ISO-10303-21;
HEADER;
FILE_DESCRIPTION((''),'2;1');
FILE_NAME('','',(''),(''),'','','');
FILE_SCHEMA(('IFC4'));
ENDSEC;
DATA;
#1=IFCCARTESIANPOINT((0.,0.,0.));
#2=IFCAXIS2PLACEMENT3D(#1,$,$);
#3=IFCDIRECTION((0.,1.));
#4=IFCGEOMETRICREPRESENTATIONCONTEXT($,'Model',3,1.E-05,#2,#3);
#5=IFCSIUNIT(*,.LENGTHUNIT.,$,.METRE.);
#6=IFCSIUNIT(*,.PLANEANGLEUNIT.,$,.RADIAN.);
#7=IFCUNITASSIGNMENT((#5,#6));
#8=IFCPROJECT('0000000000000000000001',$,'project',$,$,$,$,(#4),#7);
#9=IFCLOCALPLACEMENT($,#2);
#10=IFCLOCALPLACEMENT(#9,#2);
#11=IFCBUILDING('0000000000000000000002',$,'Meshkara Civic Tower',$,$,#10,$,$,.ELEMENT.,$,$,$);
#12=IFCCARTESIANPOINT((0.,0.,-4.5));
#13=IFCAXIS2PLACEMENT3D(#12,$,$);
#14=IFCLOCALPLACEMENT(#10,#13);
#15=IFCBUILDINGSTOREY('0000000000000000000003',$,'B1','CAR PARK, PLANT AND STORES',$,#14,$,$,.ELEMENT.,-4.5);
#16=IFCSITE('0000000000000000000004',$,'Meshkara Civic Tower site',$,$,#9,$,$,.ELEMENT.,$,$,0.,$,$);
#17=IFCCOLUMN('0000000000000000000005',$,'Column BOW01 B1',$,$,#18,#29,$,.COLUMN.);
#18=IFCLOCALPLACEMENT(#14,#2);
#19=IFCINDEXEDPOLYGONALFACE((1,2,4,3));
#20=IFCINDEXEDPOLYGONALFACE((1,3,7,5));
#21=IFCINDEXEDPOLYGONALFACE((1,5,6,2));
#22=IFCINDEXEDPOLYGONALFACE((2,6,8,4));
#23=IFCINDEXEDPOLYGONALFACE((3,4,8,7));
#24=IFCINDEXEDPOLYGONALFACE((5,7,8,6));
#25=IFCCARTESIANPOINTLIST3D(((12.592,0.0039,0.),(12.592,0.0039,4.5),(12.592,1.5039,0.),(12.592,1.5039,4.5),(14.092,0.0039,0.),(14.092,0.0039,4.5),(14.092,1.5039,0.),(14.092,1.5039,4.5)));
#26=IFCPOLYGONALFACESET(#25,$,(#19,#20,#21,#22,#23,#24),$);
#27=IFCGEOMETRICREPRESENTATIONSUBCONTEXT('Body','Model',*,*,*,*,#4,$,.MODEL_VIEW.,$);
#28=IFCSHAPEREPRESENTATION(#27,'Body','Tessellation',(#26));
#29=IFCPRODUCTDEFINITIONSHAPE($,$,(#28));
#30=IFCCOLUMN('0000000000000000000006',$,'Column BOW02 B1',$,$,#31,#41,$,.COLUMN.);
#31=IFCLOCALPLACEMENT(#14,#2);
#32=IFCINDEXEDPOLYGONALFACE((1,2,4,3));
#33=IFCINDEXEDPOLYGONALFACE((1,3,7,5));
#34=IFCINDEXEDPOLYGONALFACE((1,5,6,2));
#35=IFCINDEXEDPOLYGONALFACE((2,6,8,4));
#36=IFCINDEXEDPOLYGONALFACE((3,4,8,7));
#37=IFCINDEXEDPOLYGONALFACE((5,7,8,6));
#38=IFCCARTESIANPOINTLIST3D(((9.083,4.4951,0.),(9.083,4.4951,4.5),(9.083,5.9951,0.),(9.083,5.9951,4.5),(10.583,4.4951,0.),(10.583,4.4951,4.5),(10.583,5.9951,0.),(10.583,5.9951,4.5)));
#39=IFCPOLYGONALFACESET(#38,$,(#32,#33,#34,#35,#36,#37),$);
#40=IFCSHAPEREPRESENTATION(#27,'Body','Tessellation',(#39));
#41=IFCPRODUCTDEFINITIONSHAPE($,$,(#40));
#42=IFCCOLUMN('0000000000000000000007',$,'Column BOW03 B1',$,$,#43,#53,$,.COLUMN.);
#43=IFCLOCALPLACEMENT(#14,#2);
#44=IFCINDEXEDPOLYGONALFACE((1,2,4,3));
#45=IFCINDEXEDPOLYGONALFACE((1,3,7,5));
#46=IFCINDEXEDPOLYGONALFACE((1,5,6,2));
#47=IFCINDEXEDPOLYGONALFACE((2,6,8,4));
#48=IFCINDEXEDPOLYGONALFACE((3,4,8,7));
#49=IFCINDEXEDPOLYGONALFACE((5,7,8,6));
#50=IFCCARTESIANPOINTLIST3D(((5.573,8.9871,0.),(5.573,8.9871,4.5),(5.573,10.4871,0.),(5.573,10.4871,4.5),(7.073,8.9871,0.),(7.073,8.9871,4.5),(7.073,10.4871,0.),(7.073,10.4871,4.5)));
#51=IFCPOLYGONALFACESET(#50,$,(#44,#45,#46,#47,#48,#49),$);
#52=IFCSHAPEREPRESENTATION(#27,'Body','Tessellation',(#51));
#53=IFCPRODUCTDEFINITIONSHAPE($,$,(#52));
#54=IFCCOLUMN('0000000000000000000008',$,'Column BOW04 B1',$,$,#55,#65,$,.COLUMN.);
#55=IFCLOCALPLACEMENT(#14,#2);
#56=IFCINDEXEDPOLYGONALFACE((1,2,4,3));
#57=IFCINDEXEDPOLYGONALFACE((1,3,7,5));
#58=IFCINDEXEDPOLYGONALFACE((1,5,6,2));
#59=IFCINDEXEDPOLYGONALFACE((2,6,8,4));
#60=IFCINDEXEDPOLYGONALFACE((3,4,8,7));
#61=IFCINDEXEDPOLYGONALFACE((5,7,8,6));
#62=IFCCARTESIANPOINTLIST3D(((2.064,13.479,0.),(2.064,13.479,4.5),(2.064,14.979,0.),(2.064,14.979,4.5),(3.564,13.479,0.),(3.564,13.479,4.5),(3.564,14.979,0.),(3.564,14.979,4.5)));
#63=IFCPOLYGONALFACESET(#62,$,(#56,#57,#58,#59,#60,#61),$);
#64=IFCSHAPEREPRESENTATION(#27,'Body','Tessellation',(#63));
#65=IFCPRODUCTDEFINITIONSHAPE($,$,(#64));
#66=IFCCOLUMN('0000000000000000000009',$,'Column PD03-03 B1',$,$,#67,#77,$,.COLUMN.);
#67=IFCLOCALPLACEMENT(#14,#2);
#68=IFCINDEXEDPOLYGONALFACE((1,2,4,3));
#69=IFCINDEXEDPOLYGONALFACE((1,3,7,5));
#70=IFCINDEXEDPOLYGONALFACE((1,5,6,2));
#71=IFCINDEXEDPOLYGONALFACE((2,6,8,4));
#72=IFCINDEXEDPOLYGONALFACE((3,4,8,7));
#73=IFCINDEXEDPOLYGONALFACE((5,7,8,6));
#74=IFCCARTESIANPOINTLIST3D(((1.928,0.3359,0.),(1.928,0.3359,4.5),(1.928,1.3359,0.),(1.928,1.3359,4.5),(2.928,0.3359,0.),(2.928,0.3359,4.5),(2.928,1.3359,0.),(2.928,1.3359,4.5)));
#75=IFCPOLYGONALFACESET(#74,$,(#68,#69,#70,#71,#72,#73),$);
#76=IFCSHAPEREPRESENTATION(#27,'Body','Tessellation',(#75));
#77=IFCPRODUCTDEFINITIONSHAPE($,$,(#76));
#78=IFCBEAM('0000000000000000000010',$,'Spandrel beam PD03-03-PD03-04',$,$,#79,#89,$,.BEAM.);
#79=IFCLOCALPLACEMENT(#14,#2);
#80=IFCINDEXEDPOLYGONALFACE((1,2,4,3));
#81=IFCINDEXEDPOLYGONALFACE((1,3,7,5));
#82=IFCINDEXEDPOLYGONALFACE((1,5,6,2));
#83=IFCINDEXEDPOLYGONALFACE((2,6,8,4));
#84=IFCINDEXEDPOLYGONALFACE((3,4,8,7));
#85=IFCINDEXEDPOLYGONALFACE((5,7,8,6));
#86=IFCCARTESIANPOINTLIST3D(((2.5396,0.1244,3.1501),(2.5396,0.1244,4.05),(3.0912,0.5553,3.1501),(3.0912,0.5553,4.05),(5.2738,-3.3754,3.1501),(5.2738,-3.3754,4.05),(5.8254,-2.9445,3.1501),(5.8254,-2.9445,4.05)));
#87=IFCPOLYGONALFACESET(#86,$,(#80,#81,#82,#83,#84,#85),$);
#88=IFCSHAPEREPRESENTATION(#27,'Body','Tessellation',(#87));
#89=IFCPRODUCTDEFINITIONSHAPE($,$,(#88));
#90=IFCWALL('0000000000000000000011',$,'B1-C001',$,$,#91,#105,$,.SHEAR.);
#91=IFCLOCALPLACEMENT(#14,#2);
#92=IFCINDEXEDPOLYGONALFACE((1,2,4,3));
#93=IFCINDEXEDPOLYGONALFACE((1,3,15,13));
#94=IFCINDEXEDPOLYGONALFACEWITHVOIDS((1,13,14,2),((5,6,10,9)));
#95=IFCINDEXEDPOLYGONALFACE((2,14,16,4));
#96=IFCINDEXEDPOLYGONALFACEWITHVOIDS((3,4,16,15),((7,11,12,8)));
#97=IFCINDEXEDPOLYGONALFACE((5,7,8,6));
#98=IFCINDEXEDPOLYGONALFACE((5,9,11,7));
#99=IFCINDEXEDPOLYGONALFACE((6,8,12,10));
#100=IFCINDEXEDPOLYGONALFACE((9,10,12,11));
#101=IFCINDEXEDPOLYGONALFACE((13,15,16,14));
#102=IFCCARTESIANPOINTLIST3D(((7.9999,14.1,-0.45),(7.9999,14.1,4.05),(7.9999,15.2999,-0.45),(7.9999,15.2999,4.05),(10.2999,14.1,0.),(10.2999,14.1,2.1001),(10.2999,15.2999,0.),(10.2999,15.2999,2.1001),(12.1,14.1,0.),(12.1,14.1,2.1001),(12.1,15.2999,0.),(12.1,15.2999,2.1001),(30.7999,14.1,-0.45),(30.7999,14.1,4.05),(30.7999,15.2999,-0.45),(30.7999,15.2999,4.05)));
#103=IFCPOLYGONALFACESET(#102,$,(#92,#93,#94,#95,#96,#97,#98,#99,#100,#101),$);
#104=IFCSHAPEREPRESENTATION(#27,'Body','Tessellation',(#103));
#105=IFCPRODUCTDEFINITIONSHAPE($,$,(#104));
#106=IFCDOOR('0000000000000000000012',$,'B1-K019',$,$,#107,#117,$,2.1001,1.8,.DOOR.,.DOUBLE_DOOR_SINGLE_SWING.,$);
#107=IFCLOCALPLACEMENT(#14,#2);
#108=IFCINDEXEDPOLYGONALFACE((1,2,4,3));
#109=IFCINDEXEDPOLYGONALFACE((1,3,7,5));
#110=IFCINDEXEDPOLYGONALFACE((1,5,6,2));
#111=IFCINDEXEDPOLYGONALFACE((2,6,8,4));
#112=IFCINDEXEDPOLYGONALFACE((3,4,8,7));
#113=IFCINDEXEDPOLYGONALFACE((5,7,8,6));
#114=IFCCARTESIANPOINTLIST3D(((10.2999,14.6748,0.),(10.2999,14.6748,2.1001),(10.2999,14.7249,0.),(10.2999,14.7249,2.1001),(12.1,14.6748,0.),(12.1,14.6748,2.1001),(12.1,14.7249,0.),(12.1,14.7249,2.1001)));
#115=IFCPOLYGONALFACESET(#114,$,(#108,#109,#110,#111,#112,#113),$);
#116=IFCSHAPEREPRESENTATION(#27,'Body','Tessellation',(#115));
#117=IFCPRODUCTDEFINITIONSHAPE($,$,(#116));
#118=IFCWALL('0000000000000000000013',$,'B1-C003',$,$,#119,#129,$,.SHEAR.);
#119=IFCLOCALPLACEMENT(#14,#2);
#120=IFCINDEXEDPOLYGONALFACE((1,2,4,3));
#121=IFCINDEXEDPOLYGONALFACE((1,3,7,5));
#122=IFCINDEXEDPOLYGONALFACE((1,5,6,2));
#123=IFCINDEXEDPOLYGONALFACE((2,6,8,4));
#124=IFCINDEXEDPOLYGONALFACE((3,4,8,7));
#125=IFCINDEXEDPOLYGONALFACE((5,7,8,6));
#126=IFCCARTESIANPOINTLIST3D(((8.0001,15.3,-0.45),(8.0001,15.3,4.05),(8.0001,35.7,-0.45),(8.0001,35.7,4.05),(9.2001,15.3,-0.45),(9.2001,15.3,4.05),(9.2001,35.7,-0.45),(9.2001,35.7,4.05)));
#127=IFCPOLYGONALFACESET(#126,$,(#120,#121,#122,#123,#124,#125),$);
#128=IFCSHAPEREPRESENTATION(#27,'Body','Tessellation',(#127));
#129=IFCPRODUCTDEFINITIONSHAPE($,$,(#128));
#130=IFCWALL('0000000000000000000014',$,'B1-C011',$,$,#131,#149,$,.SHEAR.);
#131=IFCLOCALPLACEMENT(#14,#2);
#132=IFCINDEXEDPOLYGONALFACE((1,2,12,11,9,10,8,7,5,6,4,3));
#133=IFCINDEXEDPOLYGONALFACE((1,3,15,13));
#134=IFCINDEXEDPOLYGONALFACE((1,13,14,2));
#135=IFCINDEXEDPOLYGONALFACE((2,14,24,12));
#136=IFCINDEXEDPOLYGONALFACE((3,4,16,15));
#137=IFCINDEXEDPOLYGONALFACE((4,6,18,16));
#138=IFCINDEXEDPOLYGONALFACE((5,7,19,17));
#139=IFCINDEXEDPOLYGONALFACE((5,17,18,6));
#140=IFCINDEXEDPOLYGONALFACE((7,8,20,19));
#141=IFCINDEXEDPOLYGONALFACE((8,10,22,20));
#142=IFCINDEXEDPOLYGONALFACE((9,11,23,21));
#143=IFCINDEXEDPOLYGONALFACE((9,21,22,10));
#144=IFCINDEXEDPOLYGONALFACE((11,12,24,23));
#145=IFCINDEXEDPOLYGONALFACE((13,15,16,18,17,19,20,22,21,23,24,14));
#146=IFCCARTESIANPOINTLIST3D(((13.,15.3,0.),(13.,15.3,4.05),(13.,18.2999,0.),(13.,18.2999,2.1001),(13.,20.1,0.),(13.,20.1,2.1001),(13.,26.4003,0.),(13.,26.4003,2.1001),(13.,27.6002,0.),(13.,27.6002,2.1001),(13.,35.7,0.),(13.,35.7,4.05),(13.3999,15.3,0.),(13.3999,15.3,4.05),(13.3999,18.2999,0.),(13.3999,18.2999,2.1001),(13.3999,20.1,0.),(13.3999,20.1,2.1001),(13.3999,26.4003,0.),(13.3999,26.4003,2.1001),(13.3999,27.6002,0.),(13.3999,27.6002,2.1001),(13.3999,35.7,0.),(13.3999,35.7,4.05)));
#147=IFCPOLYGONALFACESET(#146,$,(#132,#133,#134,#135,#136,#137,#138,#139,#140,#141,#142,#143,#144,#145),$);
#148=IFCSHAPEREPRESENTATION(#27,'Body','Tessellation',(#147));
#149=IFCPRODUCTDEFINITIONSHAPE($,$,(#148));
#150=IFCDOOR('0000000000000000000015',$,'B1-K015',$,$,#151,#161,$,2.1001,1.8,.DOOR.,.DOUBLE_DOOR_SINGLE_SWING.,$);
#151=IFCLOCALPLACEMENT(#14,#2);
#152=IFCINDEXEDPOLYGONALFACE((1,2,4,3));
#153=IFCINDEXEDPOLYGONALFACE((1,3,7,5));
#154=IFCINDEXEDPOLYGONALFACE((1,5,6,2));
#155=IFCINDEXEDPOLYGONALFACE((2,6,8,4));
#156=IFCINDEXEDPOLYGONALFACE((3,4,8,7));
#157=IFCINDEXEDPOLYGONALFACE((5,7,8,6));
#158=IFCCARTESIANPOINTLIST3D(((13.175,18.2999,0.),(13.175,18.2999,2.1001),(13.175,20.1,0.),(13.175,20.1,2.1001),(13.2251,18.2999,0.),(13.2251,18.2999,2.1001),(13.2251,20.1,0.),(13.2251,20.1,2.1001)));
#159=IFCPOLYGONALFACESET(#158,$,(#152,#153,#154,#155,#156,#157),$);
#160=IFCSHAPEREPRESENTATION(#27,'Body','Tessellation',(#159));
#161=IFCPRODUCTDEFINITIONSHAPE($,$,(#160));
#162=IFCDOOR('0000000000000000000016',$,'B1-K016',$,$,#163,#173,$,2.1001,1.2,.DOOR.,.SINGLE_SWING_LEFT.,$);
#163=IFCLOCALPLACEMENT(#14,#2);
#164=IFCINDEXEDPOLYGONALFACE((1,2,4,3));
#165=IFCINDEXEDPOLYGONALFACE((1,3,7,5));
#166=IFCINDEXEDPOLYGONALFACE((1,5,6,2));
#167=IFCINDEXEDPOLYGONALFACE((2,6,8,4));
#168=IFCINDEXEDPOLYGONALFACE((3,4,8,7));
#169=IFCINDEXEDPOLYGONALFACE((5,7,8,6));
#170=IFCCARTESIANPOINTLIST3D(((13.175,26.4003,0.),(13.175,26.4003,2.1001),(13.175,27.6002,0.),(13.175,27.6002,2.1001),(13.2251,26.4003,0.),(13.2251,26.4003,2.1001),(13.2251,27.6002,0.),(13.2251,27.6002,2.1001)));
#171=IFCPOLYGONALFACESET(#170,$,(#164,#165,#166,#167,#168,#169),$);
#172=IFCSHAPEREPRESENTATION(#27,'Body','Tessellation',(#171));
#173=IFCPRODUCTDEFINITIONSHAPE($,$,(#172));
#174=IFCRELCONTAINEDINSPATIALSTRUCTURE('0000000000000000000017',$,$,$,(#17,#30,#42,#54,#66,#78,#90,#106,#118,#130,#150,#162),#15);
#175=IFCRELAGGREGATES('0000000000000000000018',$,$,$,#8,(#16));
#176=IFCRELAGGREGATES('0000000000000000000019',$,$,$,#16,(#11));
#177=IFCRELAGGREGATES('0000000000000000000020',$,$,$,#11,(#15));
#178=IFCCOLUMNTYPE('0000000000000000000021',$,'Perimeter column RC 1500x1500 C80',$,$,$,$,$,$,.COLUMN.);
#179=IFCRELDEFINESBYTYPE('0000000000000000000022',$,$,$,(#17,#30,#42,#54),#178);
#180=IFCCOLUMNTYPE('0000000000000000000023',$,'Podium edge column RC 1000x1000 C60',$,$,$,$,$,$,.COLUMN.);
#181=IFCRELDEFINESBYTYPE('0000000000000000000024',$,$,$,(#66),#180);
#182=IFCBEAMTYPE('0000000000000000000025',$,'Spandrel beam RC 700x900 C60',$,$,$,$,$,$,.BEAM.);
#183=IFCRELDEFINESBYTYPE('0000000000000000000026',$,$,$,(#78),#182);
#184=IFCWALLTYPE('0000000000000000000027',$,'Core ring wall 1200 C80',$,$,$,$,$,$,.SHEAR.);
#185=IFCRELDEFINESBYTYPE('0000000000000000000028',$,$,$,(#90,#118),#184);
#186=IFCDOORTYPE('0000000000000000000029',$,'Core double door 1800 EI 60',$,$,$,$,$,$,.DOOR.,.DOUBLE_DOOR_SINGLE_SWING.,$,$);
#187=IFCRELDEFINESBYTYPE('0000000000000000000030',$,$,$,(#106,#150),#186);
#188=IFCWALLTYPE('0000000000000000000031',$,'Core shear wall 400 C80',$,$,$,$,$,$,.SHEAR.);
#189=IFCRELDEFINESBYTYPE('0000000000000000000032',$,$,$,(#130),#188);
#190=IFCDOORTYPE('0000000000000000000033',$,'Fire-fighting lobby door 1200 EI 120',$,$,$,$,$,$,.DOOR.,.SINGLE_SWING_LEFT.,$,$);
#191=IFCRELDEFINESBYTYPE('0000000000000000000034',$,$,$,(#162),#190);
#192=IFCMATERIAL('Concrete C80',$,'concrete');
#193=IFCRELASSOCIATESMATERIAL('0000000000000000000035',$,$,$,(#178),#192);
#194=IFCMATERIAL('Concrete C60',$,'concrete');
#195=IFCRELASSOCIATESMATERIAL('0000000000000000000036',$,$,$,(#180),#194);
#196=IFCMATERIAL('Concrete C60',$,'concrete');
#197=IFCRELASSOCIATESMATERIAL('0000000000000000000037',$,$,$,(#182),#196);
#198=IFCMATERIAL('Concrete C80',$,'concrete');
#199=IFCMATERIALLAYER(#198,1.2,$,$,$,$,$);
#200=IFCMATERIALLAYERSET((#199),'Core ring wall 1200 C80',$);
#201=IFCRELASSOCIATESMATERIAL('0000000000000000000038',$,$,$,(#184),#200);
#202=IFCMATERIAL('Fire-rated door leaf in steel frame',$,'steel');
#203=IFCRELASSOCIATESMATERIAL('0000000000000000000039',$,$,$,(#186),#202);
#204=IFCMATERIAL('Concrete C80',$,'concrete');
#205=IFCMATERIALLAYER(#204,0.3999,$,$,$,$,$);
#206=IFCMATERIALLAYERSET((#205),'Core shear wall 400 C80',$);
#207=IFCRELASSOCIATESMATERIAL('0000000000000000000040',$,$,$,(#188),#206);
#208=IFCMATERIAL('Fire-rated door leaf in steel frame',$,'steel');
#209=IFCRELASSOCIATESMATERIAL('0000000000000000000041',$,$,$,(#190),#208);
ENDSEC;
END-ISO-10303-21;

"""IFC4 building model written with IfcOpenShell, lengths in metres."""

from ifc_helpers import new_model, si_unit, direction, frame, frame_2d, origin, origin_2d, place, context, subcontext, project, spatial, rectangle, extrude, material, layer, layer_set, material_profile, profile_set, type_object, element, fill, save


model = new_model("IFC4")

# Units and contexts
model_context = context("Model", 3, precision=1e-05, world=origin(), true_north=direction((0.0, 1.0)))
body_context = subcontext(model_context, "Body", "Model", "MODEL_VIEW")
ifc_project = project(units=[si_unit("LENGTHUNIT", "METRE"), si_unit("PLANEANGLEUNIT", "RADIAN")], contexts=[model_context])

# Site, building, storey
site_placement = place(None, origin())
site = spatial("IfcSite", under=ifc_project, at=site_placement, Name="Meshkara Civic Tower site", CompositionType="ELEMENT", RefElevation=0.0)
building_placement = place(site_placement, origin())
building = spatial("IfcBuilding", under=site, at=building_placement, Name="Meshkara Civic Tower", CompositionType="ELEMENT")
storey_placement = place(building_placement, frame((0.0, 0.0, -4.5)))
storey = spatial("IfcBuildingStorey", under=building, at=storey_placement, Name="B1", Description="CAR PARK, PLANT AND STORES", CompositionType="ELEMENT", Elevation=-4.5)

# Columns
ifc_material_1 = material(Name="Concrete C80", Category="concrete")
ifc_material_profile_1 = material_profile(ifc_material_1, rectangle(XDim=1.5, YDim=1.5, at=origin_2d()))
ifc_profile_set_1 = profile_set([ifc_material_profile_1], Name="Concrete C80")
column_type_1 = type_object("IfcColumnType", Name="Perimeter column RC 1500x1500 C80", PredefinedType="COLUMN", material=ifc_profile_set_1)
for number, where, z_axis, x_axis, name in (
    (1, (13.342, 0.7539, 0.0), (0.0, 0.0, 1.0), (1.0, 0.0, 0.0), "Column BOW01 B1"),
    (2, (9.833, 5.2451, 0.0), (0.0, 0.0, 1.0), (1.0, 0.0, 0.0), "Column BOW02 B1"),
    (3, (6.323, 9.7371, 0.0), (0.0, 0.0, 1.0), (1.0, 0.0, 0.0), "Column BOW03 B1"),
    (4, (2.814, 14.229, 0.0), (0.0, 0.0, 1.0), (1.0, 0.0, 0.0), "Column BOW04 B1"),
):
    element("IfcColumn", number, at=place(storey_placement, frame(where, z_axis=z_axis, x_axis=x_axis)), inside=storey, type_object=column_type_1, Name=name, PredefinedType="COLUMN", context=body_context, shape_type="SweptSolid", body=[
        extrude(rectangle(XDim=1.5, YDim=1.5, at=origin_2d()), origin(), (0.0, 0.0, 1.0), 4.5),
    ])
ifc_material_2 = material(Name="Concrete C60", Category="concrete")
ifc_material_profile_2 = material_profile(ifc_material_2, rectangle(XDim=1.0, YDim=1.0, at=origin_2d()))
ifc_profile_set_2 = profile_set([ifc_material_profile_2], Name="Concrete C60")
column_type_2 = type_object("IfcColumnType", Name="Podium edge column RC 1000x1000 C60", PredefinedType="COLUMN", material=ifc_profile_set_2)
column_placement = place(storey_placement, frame((2.428, 0.8359, 0.0), z_axis=(0.0, 0.0, 1.0), x_axis=(1.0, 0.0, 0.0)))
element("IfcColumn", 5, at=column_placement, inside=storey, type_object=column_type_2, Name="Column PD03-03 B1", PredefinedType="COLUMN", context=body_context, shape_type="SweptSolid", body=[
    extrude(rectangle(XDim=1.0, YDim=1.0, at=origin_2d()), origin(), (0.0, 0.0, 1.0), 4.5),
])

# Beam
ifc_material_3 = material(Name="Concrete C60", Category="concrete")
ifc_material_profile_3 = material_profile(ifc_material_3, rectangle(XDim=0.7, YDim=0.8999, at=origin_2d()))
ifc_profile_set_3 = profile_set([ifc_material_profile_3], Name="Concrete C60")
beam_type = type_object("IfcBeamType", Name="Spandrel beam RC 700x900 C60", PredefinedType="BEAM", material=ifc_profile_set_3)
beam_placement = place(storey_placement, frame((2.8154, 0.3398, 3.6001), z_axis=(0.615637, -0.78803, 0.0), x_axis=(0.78803, 0.615637, 0.0)))
element("IfcBeam", 6, at=beam_placement, inside=storey, type_object=beam_type, Name="Spandrel beam PD03-03-PD03-04", PredefinedType="BEAM", context=body_context, shape_type="SweptSolid", body=[
    extrude(rectangle(XDim=0.7, YDim=0.8999, at=origin_2d()), origin(), (0.0, 0.0, 1.0), 4.4412),
])

# Wall, opening, door
ifc_material_4 = material(Name="Concrete C80", Category="concrete")
ifc_layer_1 = layer(ifc_material_4, 1.2)
ifc_layer_set_1 = layer_set([ifc_layer_1], Name="Core ring wall 1200 C80")
wall_type_1 = type_object("IfcWallType", Name="Core ring wall 1200 C80", PredefinedType="SHEAR", material=ifc_layer_set_1)
wall_1_placement = place(storey_placement, frame((8.0, 14.7, -0.45), z_axis=(0.0, 0.0, 1.0), x_axis=(1.0, 0.0, 0.0)))
wall_1 = element("IfcWall", 7, at=wall_1_placement, inside=storey, type_object=wall_type_1, Name="B1-C001", PredefinedType="SHEAR", context=body_context, shape_type="SweptSolid", body=[
    extrude(rectangle(XDim=22.8, YDim=1.2, at=frame_2d((11.3999, 0.0))), origin(), (0.0, 0.0, 1.0), 4.5),
])
opening_1_placement = place(wall_1_placement, frame((2.3, 0.0, 0.45)))
opening_1 = element("IfcOpeningElement", 8, at=opening_1_placement, cuts=wall_1, PredefinedType="OPENING", context=body_context, shape_type="SweptSolid", body=[
    extrude(rectangle(XDim=1.8, YDim=2.1001, at=frame_2d((0.8999, 1.05))), frame((0.0, 0.6099, 0.0), z_axis=(0.0, -1.0, 0.0), x_axis=(1.0, 0.0, 0.0)), (0.0, 0.0, 1.0), 1.22),
])
ifc_material_5 = material(Name="Fire-rated door leaf in steel frame", Category="steel")
door_type_1 = type_object("IfcDoorType", Name="Core double door 1800 EI 60", OperationType="DOUBLE_DOOR_SINGLE_SWING", PredefinedType="DOOR", material=ifc_material_5)
door_1_placement = place(opening_1_placement, origin())
door_1 = element("IfcDoor", 9, at=door_1_placement, inside=storey, type_object=door_type_1, Name="B1-K019", OperationType="DOUBLE_DOOR_SINGLE_SWING", OverallHeight=2.1001, OverallWidth=1.8, PredefinedType="DOOR", context=body_context, shape_type="SweptSolid", body=[
    extrude(rectangle(XDim=1.8, YDim=2.1001, at=frame_2d((0.8999, 1.05))), frame((0.0, 0.0249, 0.0), z_axis=(0.0, -1.0, 0.0), x_axis=(1.0, 0.0, 0.0)), (0.0, 0.0, 1.0), 0.05),
])
fill(opening_1, door_1)

# Wall
wall_2_placement = place(storey_placement, frame((8.6001, 15.3, -0.45), z_axis=(0.0, 0.0, 1.0), x_axis=(0.0, 1.0, 0.0)))
element("IfcWall", 10, at=wall_2_placement, inside=storey, type_object=wall_type_1, Name="B1-C003", PredefinedType="SHEAR", context=body_context, shape_type="SweptSolid", body=[
    extrude(rectangle(XDim=20.3999, YDim=1.2, at=frame_2d((10.2, 0.0))), origin(), (0.0, 0.0, 1.0), 4.5),
])

# Wall, openings, doors
ifc_material_6 = material(Name="Concrete C80", Category="concrete")
ifc_layer_2 = layer(ifc_material_6, 0.3999)
ifc_layer_set_2 = layer_set([ifc_layer_2], Name="Core shear wall 400 C80")
wall_type_2 = type_object("IfcWallType", Name="Core shear wall 400 C80", PredefinedType="SHEAR", material=ifc_layer_set_2)
wall_3_placement = place(storey_placement, frame((13.2, 15.3, 0.0), z_axis=(0.0, 0.0, 1.0), x_axis=(0.0, 1.0, 0.0)))
wall_3 = element("IfcWall", 11, at=wall_3_placement, inside=storey, type_object=wall_type_2, Name="B1-C011", PredefinedType="SHEAR", context=body_context, shape_type="SweptSolid", body=[
    extrude(rectangle(XDim=20.3999, YDim=0.3999, at=frame_2d((10.2, 0.0))), origin(), (0.0, 0.0, 1.0), 4.05),
])
opening_2_placement = place(wall_3_placement, frame((3.0, 0.0, 0.0)))
opening_2 = element("IfcOpeningElement", 12, at=opening_2_placement, cuts=wall_3, PredefinedType="OPENING", context=body_context, shape_type="SweptSolid", body=[
    extrude(rectangle(XDim=1.8, YDim=2.1001, at=frame_2d((0.8999, 1.05))), frame((0.0, 0.21, 0.0), z_axis=(0.0, -1.0, 0.0), x_axis=(1.0, 0.0, 0.0)), (0.0, 0.0, 1.0), 0.4199),
])
opening_3_placement = place(wall_3_placement, frame((11.1001, 0.0, 0.0)))
opening_3 = element("IfcOpeningElement", 13, at=opening_3_placement, cuts=wall_3, PredefinedType="OPENING", context=body_context, shape_type="SweptSolid", body=[
    extrude(rectangle(XDim=1.2, YDim=2.1001, at=frame_2d((0.6001, 1.05))), frame((0.0, 0.21, 0.0), z_axis=(0.0, -1.0, 0.0), x_axis=(1.0, 0.0, 0.0)), (0.0, 0.0, 1.0), 0.4199),
])
door_2_placement = place(opening_2_placement, origin())
door_2 = element("IfcDoor", 14, at=door_2_placement, inside=storey, type_object=door_type_1, Name="B1-K015", OperationType="DOUBLE_DOOR_SINGLE_SWING", OverallHeight=2.1001, OverallWidth=1.8, PredefinedType="DOOR", context=body_context, shape_type="SweptSolid", body=[
    extrude(rectangle(XDim=1.8, YDim=2.1001, at=frame_2d((0.8999, 1.05))), frame((0.0, 0.0249, 0.0), z_axis=(0.0, -1.0, 0.0), x_axis=(1.0, 0.0, 0.0)), (0.0, 0.0, 1.0), 0.05),
])
fill(opening_2, door_2)
ifc_material_7 = material(Name="Fire-rated door leaf in steel frame", Category="steel")
door_type_2 = type_object("IfcDoorType", Name="Fire-fighting lobby door 1200 EI 120", OperationType="SINGLE_SWING_LEFT", PredefinedType="DOOR", material=ifc_material_7)
door_3_placement = place(opening_3_placement, origin())
door_3 = element("IfcDoor", 15, at=door_3_placement, inside=storey, type_object=door_type_2, Name="B1-K016", OperationType="SINGLE_SWING_LEFT", OverallHeight=2.1001, OverallWidth=1.2, PredefinedType="DOOR", context=body_context, shape_type="SweptSolid", body=[
    extrude(rectangle(XDim=1.2, YDim=2.1001, at=frame_2d((0.6001, 1.05))), frame((0.0, 0.0249, 0.0), z_axis=(0.0, -1.0, 0.0), x_axis=(1.0, 0.0, 0.0)), (0.0, 0.0, 1.0), 0.05),
])
fill(opening_3, door_3)

save(model, "model.ifc")
